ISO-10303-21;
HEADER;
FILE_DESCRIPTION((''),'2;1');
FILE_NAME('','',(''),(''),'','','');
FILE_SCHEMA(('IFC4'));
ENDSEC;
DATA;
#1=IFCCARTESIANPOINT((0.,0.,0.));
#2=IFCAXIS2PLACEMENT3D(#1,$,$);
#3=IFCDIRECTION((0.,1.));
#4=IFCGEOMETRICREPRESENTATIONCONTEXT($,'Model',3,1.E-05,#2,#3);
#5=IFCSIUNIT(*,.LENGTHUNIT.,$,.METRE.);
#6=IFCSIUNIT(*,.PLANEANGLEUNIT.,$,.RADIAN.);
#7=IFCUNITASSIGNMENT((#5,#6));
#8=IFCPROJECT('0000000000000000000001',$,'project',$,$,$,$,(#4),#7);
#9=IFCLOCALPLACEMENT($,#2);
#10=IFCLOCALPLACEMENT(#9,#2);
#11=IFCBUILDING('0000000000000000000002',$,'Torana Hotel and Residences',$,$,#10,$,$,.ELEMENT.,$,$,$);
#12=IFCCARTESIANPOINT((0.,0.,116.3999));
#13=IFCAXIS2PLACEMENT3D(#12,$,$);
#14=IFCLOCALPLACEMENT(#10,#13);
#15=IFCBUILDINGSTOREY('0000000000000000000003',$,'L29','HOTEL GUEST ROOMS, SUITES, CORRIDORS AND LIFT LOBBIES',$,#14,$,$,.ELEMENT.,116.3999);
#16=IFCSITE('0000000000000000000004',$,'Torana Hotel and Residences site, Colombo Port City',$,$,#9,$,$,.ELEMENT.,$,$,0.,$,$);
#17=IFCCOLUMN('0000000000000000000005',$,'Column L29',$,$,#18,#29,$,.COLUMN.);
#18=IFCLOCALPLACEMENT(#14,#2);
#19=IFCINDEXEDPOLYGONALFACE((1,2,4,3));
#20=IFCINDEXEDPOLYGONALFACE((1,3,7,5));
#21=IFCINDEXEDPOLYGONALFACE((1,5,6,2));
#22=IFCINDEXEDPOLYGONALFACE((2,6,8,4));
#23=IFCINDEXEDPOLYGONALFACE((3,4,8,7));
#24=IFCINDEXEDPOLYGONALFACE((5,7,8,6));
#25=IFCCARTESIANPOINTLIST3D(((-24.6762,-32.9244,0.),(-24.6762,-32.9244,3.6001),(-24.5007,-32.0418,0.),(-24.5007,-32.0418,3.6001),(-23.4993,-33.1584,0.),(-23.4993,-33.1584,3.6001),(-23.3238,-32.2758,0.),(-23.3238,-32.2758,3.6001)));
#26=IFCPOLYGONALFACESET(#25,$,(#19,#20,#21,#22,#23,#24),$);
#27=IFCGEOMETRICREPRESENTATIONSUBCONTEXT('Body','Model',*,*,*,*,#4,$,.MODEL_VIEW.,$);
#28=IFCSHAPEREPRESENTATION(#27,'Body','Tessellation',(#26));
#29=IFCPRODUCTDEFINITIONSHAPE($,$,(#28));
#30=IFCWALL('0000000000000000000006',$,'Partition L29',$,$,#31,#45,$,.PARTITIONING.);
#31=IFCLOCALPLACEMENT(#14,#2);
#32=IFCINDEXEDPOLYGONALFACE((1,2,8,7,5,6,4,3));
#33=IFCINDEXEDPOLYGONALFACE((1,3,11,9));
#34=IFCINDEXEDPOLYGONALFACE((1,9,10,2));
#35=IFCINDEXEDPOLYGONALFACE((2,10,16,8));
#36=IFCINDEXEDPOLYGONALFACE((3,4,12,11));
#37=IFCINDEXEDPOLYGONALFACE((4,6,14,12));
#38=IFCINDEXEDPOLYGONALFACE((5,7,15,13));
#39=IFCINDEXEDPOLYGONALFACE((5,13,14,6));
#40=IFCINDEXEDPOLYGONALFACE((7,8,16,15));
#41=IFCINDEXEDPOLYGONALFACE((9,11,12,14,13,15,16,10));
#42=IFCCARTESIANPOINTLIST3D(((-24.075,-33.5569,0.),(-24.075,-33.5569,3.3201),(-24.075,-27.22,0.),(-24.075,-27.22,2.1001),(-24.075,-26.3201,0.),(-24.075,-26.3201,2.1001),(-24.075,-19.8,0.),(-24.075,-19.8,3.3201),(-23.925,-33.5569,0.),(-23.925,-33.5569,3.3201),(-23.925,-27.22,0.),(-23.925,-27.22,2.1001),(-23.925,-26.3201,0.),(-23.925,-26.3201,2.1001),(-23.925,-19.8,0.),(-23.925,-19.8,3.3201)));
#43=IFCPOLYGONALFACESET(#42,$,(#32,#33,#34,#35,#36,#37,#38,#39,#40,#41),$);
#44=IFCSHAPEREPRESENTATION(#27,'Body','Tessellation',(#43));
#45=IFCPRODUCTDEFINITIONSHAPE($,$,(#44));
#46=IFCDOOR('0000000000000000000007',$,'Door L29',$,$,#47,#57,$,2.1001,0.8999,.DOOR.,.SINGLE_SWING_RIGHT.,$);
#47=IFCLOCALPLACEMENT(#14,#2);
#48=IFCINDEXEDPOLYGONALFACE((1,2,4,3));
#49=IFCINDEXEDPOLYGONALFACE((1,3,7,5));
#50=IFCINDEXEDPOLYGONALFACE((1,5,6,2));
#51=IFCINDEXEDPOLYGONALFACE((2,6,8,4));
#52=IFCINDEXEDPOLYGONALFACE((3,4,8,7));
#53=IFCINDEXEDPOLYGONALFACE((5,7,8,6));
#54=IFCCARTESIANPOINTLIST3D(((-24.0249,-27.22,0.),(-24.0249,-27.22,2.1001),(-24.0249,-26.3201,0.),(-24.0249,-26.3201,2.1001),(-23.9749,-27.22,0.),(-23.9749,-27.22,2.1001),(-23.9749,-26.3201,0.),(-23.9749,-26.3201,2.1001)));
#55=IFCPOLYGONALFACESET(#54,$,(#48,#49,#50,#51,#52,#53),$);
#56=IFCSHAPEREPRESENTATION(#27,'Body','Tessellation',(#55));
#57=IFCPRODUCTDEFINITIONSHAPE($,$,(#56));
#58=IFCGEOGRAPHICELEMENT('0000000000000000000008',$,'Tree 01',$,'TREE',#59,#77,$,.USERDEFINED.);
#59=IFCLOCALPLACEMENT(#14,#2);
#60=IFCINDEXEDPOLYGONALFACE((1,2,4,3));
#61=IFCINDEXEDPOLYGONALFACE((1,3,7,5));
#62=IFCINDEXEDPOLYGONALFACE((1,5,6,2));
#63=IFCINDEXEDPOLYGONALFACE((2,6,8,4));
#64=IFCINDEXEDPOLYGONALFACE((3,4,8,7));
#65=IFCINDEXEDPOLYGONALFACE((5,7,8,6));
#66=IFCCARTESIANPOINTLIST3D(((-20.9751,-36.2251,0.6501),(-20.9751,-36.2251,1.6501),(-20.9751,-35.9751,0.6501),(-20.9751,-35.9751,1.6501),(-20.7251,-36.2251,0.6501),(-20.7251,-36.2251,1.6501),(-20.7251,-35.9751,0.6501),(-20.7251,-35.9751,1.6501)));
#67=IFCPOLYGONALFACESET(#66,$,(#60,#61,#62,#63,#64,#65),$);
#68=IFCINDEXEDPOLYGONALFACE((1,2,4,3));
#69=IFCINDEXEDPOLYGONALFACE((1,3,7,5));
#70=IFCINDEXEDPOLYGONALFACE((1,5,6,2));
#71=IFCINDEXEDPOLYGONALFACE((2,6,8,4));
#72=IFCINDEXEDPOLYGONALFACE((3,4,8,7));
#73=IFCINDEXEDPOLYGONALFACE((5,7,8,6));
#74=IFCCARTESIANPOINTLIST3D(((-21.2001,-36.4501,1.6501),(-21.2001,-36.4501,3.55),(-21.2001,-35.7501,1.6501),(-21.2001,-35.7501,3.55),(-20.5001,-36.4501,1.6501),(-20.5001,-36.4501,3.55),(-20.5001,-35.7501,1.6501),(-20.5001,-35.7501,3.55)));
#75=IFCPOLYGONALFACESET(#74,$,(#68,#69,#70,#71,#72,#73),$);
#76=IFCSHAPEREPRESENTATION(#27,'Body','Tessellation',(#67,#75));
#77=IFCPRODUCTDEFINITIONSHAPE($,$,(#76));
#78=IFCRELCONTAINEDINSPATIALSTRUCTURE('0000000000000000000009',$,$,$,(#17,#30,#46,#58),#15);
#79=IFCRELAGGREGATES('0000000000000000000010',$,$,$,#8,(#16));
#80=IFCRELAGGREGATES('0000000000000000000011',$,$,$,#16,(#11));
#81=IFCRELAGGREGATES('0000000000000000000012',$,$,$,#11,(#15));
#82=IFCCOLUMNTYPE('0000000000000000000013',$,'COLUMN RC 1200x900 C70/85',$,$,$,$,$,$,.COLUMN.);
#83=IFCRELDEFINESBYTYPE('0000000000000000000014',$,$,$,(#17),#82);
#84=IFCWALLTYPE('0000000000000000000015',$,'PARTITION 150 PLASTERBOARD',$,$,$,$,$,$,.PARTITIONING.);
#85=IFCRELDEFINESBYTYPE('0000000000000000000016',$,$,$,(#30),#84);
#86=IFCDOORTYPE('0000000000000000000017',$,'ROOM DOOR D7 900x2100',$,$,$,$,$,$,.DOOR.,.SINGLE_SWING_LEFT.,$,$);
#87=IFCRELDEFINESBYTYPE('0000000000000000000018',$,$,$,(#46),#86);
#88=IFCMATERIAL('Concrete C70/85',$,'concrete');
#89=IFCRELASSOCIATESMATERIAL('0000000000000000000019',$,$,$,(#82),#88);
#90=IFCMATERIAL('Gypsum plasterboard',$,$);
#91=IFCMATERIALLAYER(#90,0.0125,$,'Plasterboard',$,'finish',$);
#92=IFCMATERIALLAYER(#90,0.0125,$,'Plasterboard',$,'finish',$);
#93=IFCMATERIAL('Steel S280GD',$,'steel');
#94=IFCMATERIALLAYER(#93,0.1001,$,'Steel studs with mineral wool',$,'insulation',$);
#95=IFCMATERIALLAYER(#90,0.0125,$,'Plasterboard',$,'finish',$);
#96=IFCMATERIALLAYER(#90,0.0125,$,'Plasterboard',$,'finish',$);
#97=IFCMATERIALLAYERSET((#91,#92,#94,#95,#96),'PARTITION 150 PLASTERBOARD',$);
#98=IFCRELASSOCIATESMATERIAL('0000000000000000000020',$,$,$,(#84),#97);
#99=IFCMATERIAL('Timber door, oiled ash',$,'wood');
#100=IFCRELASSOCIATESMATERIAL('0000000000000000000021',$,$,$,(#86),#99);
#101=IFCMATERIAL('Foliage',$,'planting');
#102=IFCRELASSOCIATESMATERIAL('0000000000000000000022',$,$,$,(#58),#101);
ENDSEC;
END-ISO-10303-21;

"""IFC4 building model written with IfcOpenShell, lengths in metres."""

from ifc_helpers import new_model, si_unit, direction, frame, frame_2d, origin, origin_2d, place, context, subcontext, project, spatial, rectangle, extrude, material, layer, layer_set, material_profile, profile_set, type_object, element, fill, save


model = new_model("IFC4")

# Units and contexts
model_context = context("Model", 3, precision=1e-05, world=origin(), true_north=direction((0.0, 1.0)))
body_context = subcontext(model_context, "Body", "Model", "MODEL_VIEW")
ifc_project = project(units=[si_unit("LENGTHUNIT", "METRE"), si_unit("PLANEANGLEUNIT", "RADIAN")], contexts=[model_context])

# Site, building, storey
site_placement = place(None, origin())
site = spatial("IfcSite", under=ifc_project, at=site_placement, Name="Torana Hotel and Residences site, Colombo Port City", CompositionType="ELEMENT", RefElevation=0.0)
building_placement = place(site_placement, origin())
building = spatial("IfcBuilding", under=site, at=building_placement, Name="Torana Hotel and Residences", CompositionType="ELEMENT")
storey_placement = place(building_placement, frame((0.0, 0.0, 116.3999)))
storey = spatial("IfcBuildingStorey", under=building, at=storey_placement, Name="L29", Description="HOTEL GUEST ROOMS, SUITES, CORRIDORS AND LIFT LOBBIES", CompositionType="ELEMENT", Elevation=116.3999)

# Column
ifc_material_1 = material(Name="Concrete C70/85", Category="concrete")
ifc_material_profile = material_profile(ifc_material_1, rectangle(XDim=1.2, YDim=0.8999, at=origin_2d()), Name="RC 1200x900")
ifc_profile_set = profile_set([ifc_material_profile], Name="Concrete C70/85")
column_type = type_object("IfcColumnType", Name="COLUMN RC 1200x900 C70/85", PredefinedType="COLUMN", material=ifc_profile_set)
column_placement = place(storey_placement, frame((-24.0, -32.6001, 0.0), z_axis=(0.0, 0.0, 1.0), x_axis=(-0.980792, 0.195056, 0.0)))
element("IfcColumn", 1, at=column_placement, inside=storey, type_object=column_type, Name="Column L29", PredefinedType="COLUMN", context=body_context, shape_type="SweptSolid", body=[
    extrude(rectangle(XDim=1.2, YDim=0.8999, at=origin_2d()), origin(), (0.0, 0.0, 1.0), 3.6001),
])

# Shared definitions
ifc_material_2 = material(Name="Steel S280GD", Category="steel")

# Wall, opening, door
ifc_material_3 = material(Name="Gypsum plasterboard")
ifc_layer_1 = layer(ifc_material_3, 0.0125, Name="Plasterboard", Category="finish")
ifc_layer_2 = layer(ifc_material_3, 0.0125, Name="Plasterboard", Category="finish")
ifc_layer_3 = layer(ifc_material_2, 0.1001, Name="Steel studs with mineral wool", Category="insulation")
ifc_layer_4 = layer(ifc_material_3, 0.0125, Name="Plasterboard", Category="finish")
ifc_layer_5 = layer(ifc_material_3, 0.0125, Name="Plasterboard", Category="finish")
ifc_layer_set_1 = layer_set([ifc_layer_1, ifc_layer_2, ifc_layer_3, ifc_layer_4, ifc_layer_5], Name="PARTITION 150 PLASTERBOARD")
wall_type_1 = type_object("IfcWallType", Name="PARTITION 150 PLASTERBOARD", PredefinedType="PARTITIONING", material=ifc_layer_set_1)
wall_1_placement = place(storey_placement, frame((-24.0, -33.5569, 0.0), z_axis=(0.0, 0.0, 1.0), x_axis=(0.0, 1.0, 0.0)))
wall_1 = element("IfcWall", 2, at=wall_1_placement, inside=storey, type_object=wall_type_1, Name="Partition L29", PredefinedType="PARTITIONING", context=body_context, shape_type="SweptSolid", body=[
    extrude(rectangle(XDim=13.7568, YDim=0.1499, at=frame_2d((6.8784, 0.0))), origin(), (0.0, 0.0, 1.0), 3.3201),
])
opening_1_placement = place(wall_1_placement, frame((6.3369, 0.0, 0.0)))
opening_1 = element("IfcOpeningElement", 3, at=opening_1_placement, cuts=wall_1, PredefinedType="OPENING", context=body_context, shape_type="SweptSolid", body=[
    extrude(rectangle(XDim=0.8999, YDim=2.1001, at=frame_2d((0.45, 1.05))), frame((0.0, 0.085, 0.0), z_axis=(0.0, -1.0, 0.0), x_axis=(1.0, 0.0, 0.0)), (0.0, 0.0, 1.0), 0.1699),
])
ifc_material_4 = material(Name="Timber door, oiled ash", Category="wood")
door_type_1 = type_object("IfcDoorType", Name="ROOM DOOR D7 900x2100", OperationType="SINGLE_SWING_LEFT", PredefinedType="DOOR", material=ifc_material_4)
door_1_placement = place(opening_1_placement, origin())
door_1 = element("IfcDoor", 4, at=door_1_placement, inside=storey, type_object=door_type_1, Name="Door L29", OperationType="SINGLE_SWING_RIGHT", OverallHeight=2.1001, OverallWidth=0.8999, PredefinedType="DOOR", context=body_context, shape_type="SweptSolid", body=[
    extrude(rectangle(XDim=0.8999, YDim=2.1001, at=frame_2d((0.45, 1.05))), frame((0.0, 0.0249, 0.0), z_axis=(0.0, -1.0, 0.0), x_axis=(1.0, 0.0, 0.0)), (0.0, 0.0, 1.0), 0.05),
])
fill(opening_1, door_1)

# Geographic element
ifc_material_5 = material(Name="Foliage", Category="planting")
geographic_element_placement = place(storey_placement, frame((-20.8501, -36.1001, 0.6501), z_axis=(0.0, 0.0, 1.0), x_axis=(1.0, 0.0, 0.0)))
element("IfcGeographicElement", 5, at=geographic_element_placement, inside=storey, material=ifc_material_5, Name="Tree 01", ObjectType="TREE", PredefinedType="USERDEFINED", context=body_context, shape_type="SweptSolid", body=[
    extrude(rectangle(XDim=0.25, YDim=0.25, at=origin_2d()), origin(), (0.0, 0.0, 1.0), 1.0),
    extrude(rectangle(XDim=0.7, YDim=0.7, at=origin_2d()), frame((0.0, 0.0, 1.0)), (0.0, 0.0, 1.0), 1.8999),
])

save(model, "model.ifc")
